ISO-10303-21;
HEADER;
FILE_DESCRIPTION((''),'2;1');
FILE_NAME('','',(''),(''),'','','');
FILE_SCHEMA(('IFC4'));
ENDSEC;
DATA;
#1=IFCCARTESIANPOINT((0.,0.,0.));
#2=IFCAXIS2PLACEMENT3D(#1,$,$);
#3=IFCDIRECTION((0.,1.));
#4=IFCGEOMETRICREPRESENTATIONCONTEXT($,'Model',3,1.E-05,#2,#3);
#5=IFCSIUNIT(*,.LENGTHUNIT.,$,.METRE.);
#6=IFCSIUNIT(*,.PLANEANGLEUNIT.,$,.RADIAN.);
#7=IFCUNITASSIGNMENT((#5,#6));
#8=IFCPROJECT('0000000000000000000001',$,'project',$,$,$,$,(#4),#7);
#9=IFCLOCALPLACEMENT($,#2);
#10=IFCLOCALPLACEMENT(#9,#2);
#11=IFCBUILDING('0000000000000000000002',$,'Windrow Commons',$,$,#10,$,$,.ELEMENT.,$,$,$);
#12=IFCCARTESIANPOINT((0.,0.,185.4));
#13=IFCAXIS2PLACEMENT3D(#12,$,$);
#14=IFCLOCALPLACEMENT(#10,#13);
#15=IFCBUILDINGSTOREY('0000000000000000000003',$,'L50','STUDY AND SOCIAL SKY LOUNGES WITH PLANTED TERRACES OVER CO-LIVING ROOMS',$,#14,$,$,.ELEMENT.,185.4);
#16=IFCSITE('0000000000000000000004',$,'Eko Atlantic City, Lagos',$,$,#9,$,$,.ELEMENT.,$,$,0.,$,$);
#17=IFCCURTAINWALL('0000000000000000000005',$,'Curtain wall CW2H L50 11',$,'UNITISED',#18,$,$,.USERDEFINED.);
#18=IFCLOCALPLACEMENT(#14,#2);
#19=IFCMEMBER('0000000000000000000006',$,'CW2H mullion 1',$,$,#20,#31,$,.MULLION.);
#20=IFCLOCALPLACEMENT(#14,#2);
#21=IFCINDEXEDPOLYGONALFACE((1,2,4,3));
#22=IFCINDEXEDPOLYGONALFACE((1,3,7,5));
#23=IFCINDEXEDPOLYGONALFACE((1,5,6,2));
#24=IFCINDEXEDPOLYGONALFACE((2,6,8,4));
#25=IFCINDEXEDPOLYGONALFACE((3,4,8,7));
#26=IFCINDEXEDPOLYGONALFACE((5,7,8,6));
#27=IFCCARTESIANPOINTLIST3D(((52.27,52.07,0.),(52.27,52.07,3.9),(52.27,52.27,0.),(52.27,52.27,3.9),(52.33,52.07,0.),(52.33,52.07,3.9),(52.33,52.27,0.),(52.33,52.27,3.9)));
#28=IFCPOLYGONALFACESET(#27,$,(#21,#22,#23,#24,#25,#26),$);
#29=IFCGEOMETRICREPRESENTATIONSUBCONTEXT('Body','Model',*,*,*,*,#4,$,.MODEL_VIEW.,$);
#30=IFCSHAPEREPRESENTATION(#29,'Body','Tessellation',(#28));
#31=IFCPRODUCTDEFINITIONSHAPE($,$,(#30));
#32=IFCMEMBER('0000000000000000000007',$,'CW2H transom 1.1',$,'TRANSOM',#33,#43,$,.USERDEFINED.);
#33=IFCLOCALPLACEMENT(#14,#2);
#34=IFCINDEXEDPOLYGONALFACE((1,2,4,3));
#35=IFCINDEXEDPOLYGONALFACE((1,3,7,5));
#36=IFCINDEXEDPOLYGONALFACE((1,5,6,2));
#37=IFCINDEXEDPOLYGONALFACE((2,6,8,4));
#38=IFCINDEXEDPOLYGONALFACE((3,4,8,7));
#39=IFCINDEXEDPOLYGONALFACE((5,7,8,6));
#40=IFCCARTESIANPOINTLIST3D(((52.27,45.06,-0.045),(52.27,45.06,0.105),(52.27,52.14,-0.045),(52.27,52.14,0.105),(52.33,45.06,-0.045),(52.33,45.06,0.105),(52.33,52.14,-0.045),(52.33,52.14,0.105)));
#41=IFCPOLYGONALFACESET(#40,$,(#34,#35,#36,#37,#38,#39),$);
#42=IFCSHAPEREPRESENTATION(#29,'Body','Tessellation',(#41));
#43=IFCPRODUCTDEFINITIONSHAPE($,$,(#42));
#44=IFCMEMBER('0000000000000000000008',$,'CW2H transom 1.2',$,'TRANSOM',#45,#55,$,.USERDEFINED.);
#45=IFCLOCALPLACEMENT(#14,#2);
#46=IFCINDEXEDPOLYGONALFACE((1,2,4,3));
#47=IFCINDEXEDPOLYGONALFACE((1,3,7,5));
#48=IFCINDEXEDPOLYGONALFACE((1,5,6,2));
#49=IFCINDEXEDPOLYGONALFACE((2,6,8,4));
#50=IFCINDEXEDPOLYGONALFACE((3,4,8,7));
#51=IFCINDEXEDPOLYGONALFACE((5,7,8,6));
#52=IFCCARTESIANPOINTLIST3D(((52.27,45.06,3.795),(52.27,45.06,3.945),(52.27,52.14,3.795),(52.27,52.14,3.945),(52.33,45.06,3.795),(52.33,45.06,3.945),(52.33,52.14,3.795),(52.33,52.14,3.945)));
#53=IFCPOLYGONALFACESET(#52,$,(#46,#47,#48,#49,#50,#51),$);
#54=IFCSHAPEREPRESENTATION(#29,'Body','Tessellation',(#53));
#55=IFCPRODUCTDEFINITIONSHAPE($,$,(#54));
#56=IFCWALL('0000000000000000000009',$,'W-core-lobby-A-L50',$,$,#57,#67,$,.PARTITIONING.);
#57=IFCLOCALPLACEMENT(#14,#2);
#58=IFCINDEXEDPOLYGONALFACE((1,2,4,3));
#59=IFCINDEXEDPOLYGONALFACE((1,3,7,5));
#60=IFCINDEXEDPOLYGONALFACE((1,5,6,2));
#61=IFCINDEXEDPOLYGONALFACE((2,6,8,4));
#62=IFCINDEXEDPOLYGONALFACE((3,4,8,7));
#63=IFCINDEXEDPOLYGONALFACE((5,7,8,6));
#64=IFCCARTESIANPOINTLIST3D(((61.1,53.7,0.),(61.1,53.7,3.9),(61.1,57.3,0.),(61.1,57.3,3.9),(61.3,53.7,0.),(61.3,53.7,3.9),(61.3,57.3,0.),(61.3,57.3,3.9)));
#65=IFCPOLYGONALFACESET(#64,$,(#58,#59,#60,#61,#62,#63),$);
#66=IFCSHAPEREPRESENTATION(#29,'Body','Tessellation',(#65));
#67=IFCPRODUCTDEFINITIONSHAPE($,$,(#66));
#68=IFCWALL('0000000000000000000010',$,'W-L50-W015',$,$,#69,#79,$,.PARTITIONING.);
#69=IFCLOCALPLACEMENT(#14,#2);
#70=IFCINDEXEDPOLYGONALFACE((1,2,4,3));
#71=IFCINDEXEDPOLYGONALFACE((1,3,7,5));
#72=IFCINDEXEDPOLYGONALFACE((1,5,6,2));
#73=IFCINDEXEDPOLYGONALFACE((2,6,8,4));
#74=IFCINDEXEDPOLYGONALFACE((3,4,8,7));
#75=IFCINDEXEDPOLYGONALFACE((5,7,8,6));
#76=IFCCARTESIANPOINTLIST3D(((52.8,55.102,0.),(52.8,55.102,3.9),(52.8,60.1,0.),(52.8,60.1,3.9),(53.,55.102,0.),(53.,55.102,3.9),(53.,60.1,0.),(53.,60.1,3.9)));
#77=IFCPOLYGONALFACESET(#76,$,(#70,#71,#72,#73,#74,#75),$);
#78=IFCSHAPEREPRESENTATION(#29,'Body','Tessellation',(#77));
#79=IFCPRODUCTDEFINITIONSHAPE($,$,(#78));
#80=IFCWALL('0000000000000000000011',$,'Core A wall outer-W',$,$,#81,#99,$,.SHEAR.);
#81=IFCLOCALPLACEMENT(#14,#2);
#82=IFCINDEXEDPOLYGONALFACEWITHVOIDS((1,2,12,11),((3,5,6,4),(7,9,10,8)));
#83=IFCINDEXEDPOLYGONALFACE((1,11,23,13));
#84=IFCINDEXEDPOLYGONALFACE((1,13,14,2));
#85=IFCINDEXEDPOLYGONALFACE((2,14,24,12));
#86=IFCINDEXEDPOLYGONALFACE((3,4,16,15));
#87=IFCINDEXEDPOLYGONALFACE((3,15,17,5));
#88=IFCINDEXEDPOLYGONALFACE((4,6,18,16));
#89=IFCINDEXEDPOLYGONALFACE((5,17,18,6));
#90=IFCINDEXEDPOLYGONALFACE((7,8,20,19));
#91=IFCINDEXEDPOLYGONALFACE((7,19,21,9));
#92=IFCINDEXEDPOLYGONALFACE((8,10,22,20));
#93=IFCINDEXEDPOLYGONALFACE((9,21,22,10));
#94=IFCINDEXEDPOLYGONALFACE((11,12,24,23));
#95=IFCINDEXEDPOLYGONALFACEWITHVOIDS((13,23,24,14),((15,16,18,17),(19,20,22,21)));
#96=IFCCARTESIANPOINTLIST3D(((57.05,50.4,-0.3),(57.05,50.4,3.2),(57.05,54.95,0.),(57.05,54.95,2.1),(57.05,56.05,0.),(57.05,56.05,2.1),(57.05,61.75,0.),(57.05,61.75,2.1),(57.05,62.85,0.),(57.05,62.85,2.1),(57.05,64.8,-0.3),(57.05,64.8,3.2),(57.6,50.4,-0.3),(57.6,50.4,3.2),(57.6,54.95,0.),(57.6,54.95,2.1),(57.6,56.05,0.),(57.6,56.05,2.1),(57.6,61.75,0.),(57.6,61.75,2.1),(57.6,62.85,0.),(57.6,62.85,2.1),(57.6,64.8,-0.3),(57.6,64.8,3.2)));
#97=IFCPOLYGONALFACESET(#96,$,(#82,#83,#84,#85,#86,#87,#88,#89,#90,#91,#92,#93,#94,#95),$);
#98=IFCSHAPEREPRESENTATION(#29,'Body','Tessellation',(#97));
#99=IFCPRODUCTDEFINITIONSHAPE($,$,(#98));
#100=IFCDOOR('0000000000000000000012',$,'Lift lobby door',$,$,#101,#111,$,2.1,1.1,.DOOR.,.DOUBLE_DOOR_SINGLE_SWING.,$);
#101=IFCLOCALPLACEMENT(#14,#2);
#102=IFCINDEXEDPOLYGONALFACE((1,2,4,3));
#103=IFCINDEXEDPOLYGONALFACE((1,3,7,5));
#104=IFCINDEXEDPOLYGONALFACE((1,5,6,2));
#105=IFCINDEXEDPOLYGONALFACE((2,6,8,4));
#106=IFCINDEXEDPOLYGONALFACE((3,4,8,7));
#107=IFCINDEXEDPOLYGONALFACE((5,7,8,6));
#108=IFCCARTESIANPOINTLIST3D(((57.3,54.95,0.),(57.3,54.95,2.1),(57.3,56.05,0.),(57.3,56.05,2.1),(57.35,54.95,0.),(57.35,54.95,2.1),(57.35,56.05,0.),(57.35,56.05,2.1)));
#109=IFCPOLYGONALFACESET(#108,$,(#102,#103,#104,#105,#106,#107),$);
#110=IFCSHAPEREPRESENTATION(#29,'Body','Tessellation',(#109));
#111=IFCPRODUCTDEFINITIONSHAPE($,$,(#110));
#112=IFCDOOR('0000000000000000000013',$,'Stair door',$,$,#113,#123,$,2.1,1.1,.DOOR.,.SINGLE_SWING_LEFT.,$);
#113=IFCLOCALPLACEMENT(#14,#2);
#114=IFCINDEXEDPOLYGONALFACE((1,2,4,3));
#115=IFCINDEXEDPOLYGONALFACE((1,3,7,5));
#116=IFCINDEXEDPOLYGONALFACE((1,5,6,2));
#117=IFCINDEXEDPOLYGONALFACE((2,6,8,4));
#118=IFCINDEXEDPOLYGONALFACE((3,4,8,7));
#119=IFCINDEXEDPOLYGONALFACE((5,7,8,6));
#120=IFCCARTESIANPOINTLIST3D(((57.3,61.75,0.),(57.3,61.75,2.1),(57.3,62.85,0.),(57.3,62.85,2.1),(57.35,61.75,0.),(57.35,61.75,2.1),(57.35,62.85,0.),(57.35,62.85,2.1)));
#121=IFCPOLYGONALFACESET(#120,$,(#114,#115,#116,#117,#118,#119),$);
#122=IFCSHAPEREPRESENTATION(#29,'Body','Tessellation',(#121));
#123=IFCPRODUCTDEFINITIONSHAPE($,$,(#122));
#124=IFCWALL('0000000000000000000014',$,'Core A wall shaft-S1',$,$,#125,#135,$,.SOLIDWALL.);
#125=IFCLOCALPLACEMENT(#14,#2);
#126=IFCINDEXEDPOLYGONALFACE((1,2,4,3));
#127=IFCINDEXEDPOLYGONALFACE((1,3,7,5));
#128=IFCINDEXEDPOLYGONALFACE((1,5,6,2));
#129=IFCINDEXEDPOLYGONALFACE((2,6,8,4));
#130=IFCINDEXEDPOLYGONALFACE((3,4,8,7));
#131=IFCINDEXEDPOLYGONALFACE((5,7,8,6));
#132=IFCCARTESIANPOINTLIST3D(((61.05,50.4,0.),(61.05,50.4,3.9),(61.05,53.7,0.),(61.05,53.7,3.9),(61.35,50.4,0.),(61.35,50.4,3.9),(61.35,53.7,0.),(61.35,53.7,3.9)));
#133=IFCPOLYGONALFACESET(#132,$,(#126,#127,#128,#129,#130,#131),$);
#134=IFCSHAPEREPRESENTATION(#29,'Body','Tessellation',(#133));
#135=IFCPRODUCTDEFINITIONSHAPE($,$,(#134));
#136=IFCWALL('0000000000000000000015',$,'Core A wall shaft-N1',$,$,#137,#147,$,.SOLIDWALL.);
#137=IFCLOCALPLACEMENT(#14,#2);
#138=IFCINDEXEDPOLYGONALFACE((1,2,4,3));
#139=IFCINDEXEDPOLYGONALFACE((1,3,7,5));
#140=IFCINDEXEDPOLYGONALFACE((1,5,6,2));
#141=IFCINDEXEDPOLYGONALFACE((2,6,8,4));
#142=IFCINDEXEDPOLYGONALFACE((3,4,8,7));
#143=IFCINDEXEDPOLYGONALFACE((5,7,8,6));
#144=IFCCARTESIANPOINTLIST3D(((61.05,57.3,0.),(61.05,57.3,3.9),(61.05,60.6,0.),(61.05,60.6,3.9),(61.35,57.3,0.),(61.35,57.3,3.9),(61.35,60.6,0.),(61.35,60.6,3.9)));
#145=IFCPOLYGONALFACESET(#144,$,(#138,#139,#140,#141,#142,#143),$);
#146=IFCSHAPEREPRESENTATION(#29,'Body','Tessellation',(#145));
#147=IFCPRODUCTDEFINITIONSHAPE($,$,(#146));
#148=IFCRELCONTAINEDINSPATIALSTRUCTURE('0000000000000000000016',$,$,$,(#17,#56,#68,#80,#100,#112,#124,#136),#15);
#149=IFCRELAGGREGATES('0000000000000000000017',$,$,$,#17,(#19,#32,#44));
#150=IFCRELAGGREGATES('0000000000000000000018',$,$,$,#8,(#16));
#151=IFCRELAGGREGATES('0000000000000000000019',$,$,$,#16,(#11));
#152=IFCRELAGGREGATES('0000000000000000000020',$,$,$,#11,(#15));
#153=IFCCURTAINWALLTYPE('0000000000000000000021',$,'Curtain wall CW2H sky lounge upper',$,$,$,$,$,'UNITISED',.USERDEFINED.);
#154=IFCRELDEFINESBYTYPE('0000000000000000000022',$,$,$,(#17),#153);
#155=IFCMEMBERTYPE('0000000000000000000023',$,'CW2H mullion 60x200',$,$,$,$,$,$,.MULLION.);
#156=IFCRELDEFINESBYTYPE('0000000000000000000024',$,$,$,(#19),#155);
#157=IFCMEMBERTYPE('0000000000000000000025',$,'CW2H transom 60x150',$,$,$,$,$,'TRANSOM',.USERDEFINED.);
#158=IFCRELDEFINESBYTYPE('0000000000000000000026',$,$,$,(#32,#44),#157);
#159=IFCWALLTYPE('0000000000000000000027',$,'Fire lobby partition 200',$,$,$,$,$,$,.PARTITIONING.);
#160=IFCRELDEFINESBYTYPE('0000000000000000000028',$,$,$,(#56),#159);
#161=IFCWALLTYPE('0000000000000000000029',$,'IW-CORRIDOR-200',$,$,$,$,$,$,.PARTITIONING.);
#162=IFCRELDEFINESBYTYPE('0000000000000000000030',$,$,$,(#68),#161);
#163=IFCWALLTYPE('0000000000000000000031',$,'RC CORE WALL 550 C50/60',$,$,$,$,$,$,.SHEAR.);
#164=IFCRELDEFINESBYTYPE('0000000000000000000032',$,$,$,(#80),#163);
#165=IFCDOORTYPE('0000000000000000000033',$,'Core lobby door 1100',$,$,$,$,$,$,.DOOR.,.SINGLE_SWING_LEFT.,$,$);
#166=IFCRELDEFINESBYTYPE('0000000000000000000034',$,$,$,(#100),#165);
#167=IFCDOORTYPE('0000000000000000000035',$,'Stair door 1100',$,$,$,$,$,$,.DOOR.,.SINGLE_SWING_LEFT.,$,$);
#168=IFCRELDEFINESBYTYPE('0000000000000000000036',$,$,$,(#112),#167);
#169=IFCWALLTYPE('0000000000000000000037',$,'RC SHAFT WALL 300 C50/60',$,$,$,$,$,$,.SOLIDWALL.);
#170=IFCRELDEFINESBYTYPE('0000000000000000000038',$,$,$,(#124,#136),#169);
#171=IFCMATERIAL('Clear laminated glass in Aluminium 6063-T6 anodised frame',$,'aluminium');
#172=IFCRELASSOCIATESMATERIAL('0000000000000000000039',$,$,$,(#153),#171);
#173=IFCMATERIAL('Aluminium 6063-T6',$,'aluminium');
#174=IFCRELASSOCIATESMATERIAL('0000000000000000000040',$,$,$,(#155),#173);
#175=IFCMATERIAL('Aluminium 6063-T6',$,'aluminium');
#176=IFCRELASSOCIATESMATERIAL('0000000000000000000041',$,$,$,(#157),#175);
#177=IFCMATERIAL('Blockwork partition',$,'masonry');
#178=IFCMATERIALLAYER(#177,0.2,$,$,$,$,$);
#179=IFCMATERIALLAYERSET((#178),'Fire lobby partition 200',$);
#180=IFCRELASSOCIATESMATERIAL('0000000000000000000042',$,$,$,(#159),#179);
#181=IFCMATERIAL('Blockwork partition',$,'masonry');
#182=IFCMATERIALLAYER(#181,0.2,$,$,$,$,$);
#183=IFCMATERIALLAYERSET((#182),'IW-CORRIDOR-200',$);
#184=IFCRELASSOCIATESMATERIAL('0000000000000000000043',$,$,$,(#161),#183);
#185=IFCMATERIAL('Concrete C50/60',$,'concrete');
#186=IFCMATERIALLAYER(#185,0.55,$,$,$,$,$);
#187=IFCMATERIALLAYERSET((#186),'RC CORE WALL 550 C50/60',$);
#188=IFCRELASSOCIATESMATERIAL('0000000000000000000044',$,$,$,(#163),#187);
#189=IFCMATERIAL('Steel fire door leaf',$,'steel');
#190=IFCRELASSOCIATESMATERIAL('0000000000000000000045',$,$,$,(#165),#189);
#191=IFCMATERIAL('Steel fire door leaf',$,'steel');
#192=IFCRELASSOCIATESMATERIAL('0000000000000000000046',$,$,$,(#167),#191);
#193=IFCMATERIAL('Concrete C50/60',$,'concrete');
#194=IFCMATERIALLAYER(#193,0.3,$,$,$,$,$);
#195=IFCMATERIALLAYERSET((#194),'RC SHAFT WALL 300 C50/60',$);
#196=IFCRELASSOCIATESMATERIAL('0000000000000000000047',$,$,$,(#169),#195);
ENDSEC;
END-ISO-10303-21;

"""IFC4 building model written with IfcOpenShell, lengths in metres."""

from ifc_helpers import new_model, si_unit, direction, frame, frame_2d, origin, origin_2d, place, context, subcontext, project, spatial, rectangle, extrude, material, layer, layer_set, material_profile, profile_set, type_object, element, fill, aggregate, save


model = new_model("IFC4")

# Units and contexts
model_context = context("Model", 3, precision=1e-05, world=origin(), true_north=direction((0.0, 1.0)))
body_context = subcontext(model_context, "Body", "Model", "MODEL_VIEW")
ifc_project = project(units=[si_unit("LENGTHUNIT", "METRE"), si_unit("PLANEANGLEUNIT", "RADIAN")], contexts=[model_context])

# Site, building, storey
site_placement = place(None, origin())
site = spatial("IfcSite", under=ifc_project, at=site_placement, Name="Eko Atlantic City, Lagos", CompositionType="ELEMENT", RefElevation=0.0)
building_placement = place(site_placement, origin())
building = spatial("IfcBuilding", under=site, at=building_placement, Name="Windrow Commons", CompositionType="ELEMENT")
storey_placement = place(building_placement, frame((0.0, 0.0, 185.4)))
storey = spatial("IfcBuildingStorey", under=building, at=storey_placement, Name="L50", Description="STUDY AND SOCIAL SKY LOUNGES WITH PLANTED TERRACES OVER CO-LIVING ROOMS", CompositionType="ELEMENT", Elevation=185.4)

# Curtain wall, members
ifc_material_1 = material(Name="Clear laminated glass in Aluminium 6063-T6 anodised frame", Category="aluminium")
curtain_wall_type = type_object("IfcCurtainWallType", Name="Curtain wall CW2H sky lounge upper", ElementType="UNITISED", PredefinedType="USERDEFINED", material=ifc_material_1)
curtain_wall_placement = place(storey_placement, origin())
curtain_wall = element("IfcCurtainWall", 1, at=curtain_wall_placement, inside=storey, type_object=curtain_wall_type, Name="Curtain wall CW2H L50 11", ObjectType="UNITISED", PredefinedType="USERDEFINED")
ifc_material_2 = material(Name="Aluminium 6063-T6", Category="aluminium")
ifc_material_profile_1 = material_profile(ifc_material_2, rectangle(XDim=0.06, YDim=0.2, at=origin_2d()))
ifc_profile_set_1 = profile_set([ifc_material_profile_1], Name="Aluminium 6063-T6")
member_type_1 = type_object("IfcMemberType", Name="CW2H mullion 60x200", PredefinedType="MULLION", material=ifc_profile_set_1)
member_1_placement = place(storey_placement, frame((52.3, 52.17, 0.0), z_axis=(0.0, 0.0, 1.0), x_axis=(1.0, 0.0, 0.0)))
member_1 = element("IfcMember", 2, at=member_1_placement, type_object=member_type_1, Name="CW2H mullion 1", PredefinedType="MULLION", context=body_context, shape_type="SweptSolid", body=[
    extrude(rectangle(XDim=0.06, YDim=0.2, at=origin_2d()), origin(), (0.0, 0.0, 1.0), 3.9),
])
ifc_material_3 = material(Name="Aluminium 6063-T6", Category="aluminium")
ifc_material_profile_2 = material_profile(ifc_material_3, rectangle(XDim=0.06, YDim=0.15, at=origin_2d()))
ifc_profile_set_2 = profile_set([ifc_material_profile_2], Name="Aluminium 6063-T6")
member_type_2 = type_object("IfcMemberType", Name="CW2H transom 60x150", ElementType="TRANSOM", PredefinedType="USERDEFINED", material=ifc_profile_set_2)
member_2_placement = place(storey_placement, frame((52.3, 52.14, 0.03), z_axis=(0.0, -1.0, 0.0), x_axis=(1.0, 0.0, 0.0)))
member_2 = element("IfcMember", 3, at=member_2_placement, type_object=member_type_2, Name="CW2H transom 1.1", ObjectType="TRANSOM", PredefinedType="USERDEFINED", context=body_context, shape_type="SweptSolid", body=[
    extrude(rectangle(XDim=0.06, YDim=0.15, at=origin_2d()), origin(), (0.0, 0.0, 1.0), 7.08),
])
member_3_placement = place(storey_placement, frame((52.3, 52.14, 3.87), z_axis=(0.0, -1.0, 0.0), x_axis=(1.0, 0.0, 0.0)))
member_3 = element("IfcMember", 4, at=member_3_placement, type_object=member_type_2, Name="CW2H transom 1.2", ObjectType="TRANSOM", PredefinedType="USERDEFINED", context=body_context, shape_type="SweptSolid", body=[
    extrude(rectangle(XDim=0.06, YDim=0.15, at=origin_2d()), origin(), (0.0, 0.0, 1.0), 7.08),
])
aggregate(curtain_wall, [member_1, member_2, member_3])

# Walls
ifc_material_4 = material(Name="Blockwork partition", Category="masonry")
ifc_layer_1 = layer(ifc_material_4, 0.2)
ifc_layer_set_1 = layer_set([ifc_layer_1], Name="Fire lobby partition 200")
wall_type_1 = type_object("IfcWallType", Name="Fire lobby partition 200", PredefinedType="PARTITIONING", material=ifc_layer_set_1)
wall_1_placement = place(storey_placement, frame((61.2, 53.7, 0.0), z_axis=(0.0, 0.0, 1.0), x_axis=(0.0, 1.0, 0.0)))
element("IfcWall", 5, at=wall_1_placement, inside=storey, type_object=wall_type_1, Name="W-core-lobby-A-L50", PredefinedType="PARTITIONING", context=body_context, shape_type="SweptSolid", body=[
    extrude(rectangle(XDim=3.6, YDim=0.2, at=frame_2d((1.8, 0.0))), origin(), (0.0, 0.0, 1.0), 3.9),
])
ifc_material_5 = material(Name="Blockwork partition", Category="masonry")
ifc_layer_2 = layer(ifc_material_5, 0.2)
ifc_layer_set_2 = layer_set([ifc_layer_2], Name="IW-CORRIDOR-200")
wall_type_2 = type_object("IfcWallType", Name="IW-CORRIDOR-200", PredefinedType="PARTITIONING", material=ifc_layer_set_2)
wall_2_placement = place(storey_placement, frame((52.9, 55.102, 0.0), z_axis=(0.0, 0.0, 1.0), x_axis=(0.0, 1.0, 0.0)))
element("IfcWall", 6, at=wall_2_placement, inside=storey, type_object=wall_type_2, Name="W-L50-W015", PredefinedType="PARTITIONING", context=body_context, shape_type="SweptSolid", body=[
    extrude(rectangle(XDim=4.998, YDim=0.2, at=frame_2d((2.499, 0.0))), origin(), (0.0, 0.0, 1.0), 3.9),
])

# Wall, openings, doors
ifc_material_6 = material(Name="Concrete C50/60", Category="concrete")
ifc_layer_3 = layer(ifc_material_6, 0.55)
ifc_layer_set_3 = layer_set([ifc_layer_3], Name="RC CORE WALL 550 C50/60")
wall_type_3 = type_object("IfcWallType", Name="RC CORE WALL 550 C50/60", PredefinedType="SHEAR", material=ifc_layer_set_3)
wall_3_placement = place(storey_placement, frame((57.325, 50.4, -0.3), z_axis=(0.0, 0.0, 1.0), x_axis=(0.0, 1.0, 0.0)))
wall_3 = element("IfcWall", 7, at=wall_3_placement, inside=storey, type_object=wall_type_3, Name="Core A wall outer-W", PredefinedType="SHEAR", context=body_context, shape_type="SweptSolid", body=[
    extrude(rectangle(XDim=14.4, YDim=0.55, at=frame_2d((7.2, 0.0))), origin(), (0.0, 0.0, 1.0), 3.5),
])
opening_1_placement = place(wall_3_placement, frame((4.55, 0.0, 0.3)))
opening_1 = element("IfcOpeningElement", 8, at=opening_1_placement, cuts=wall_3, PredefinedType="OPENING", context=body_context, shape_type="SweptSolid", body=[
    extrude(rectangle(XDim=1.1, YDim=2.1, at=frame_2d((0.55, 1.05))), frame((0.0, 0.285, 0.0), z_axis=(0.0, -1.0, 0.0), x_axis=(1.0, 0.0, 0.0)), (0.0, 0.0, 1.0), 0.57),
])
opening_2_placement = place(wall_3_placement, frame((11.35, 0.0, 0.3)))
opening_2 = element("IfcOpeningElement", 9, at=opening_2_placement, cuts=wall_3, PredefinedType="OPENING", context=body_context, shape_type="SweptSolid", body=[
    extrude(rectangle(XDim=1.1, YDim=2.1, at=frame_2d((0.55, 1.05))), frame((0.0, 0.285, 0.0), z_axis=(0.0, -1.0, 0.0), x_axis=(1.0, 0.0, 0.0)), (0.0, 0.0, 1.0), 0.57),
])
ifc_material_7 = material(Name="Steel fire door leaf", Category="steel")
door_type_1 = type_object("IfcDoorType", Name="Core lobby door 1100", OperationType="SINGLE_SWING_LEFT", PredefinedType="DOOR", material=ifc_material_7)
door_1_placement = place(opening_1_placement, origin())
door_1 = element("IfcDoor", 10, at=door_1_placement, inside=storey, type_object=door_type_1, Name="Lift lobby door", OperationType="DOUBLE_DOOR_SINGLE_SWING", OverallHeight=2.1, OverallWidth=1.1, PredefinedType="DOOR", context=body_context, shape_type="SweptSolid", body=[
    extrude(rectangle(XDim=1.1, YDim=2.1, at=frame_2d((0.55, 1.05))), frame((0.0, 0.025, 0.0), z_axis=(0.0, -1.0, 0.0), x_axis=(1.0, 0.0, 0.0)), (0.0, 0.0, 1.0), 0.05),
])
fill(opening_1, door_1)
ifc_material_8 = material(Name="Steel fire door leaf", Category="steel")
door_type_2 = type_object("IfcDoorType", Name="Stair door 1100", OperationType="SINGLE_SWING_LEFT", PredefinedType="DOOR", material=ifc_material_8)
door_2_placement = place(opening_2_placement, origin())
door_2 = element("IfcDoor", 11, at=door_2_placement, inside=storey, type_object=door_type_2, Name="Stair door", OperationType="SINGLE_SWING_LEFT", OverallHeight=2.1, OverallWidth=1.1, PredefinedType="DOOR", context=body_context, shape_type="SweptSolid", body=[
    extrude(rectangle(XDim=1.1, YDim=2.1, at=frame_2d((0.55, 1.05))), frame((0.0, 0.025, 0.0), z_axis=(0.0, -1.0, 0.0), x_axis=(1.0, 0.0, 0.0)), (0.0, 0.0, 1.0), 0.05),
])
fill(opening_2, door_2)

# Walls
ifc_material_9 = material(Name="Concrete C50/60", Category="concrete")
ifc_layer_4 = layer(ifc_material_9, 0.3)
ifc_layer_set_4 = layer_set([ifc_layer_4], Name="RC SHAFT WALL 300 C50/60")
wall_type_4 = type_object("IfcWallType", Name="RC SHAFT WALL 300 C50/60", PredefinedType="SOLIDWALL", material=ifc_layer_set_4)
for number, where, z_axis, x_axis, name in (
    (12, (61.2, 50.4, 0.0), (0.0, 0.0, 1.0), (0.0, 1.0, 0.0), "Core A wall shaft-S1"),
    (13, (61.2, 57.3, 0.0), (0.0, 0.0, 1.0), (0.0, 1.0, 0.0), "Core A wall shaft-N1"),
):
    element("IfcWall", number, at=place(storey_placement, frame(where, z_axis=z_axis, x_axis=x_axis)), inside=storey, type_object=wall_type_4, Name=name, PredefinedType="SOLIDWALL", context=body_context, shape_type="SweptSolid", body=[
        extrude(rectangle(XDim=3.3, YDim=0.3, at=frame_2d((1.65, 0.0))), origin(), (0.0, 0.0, 1.0), 3.9),
    ])

save(model, "model.ifc")
